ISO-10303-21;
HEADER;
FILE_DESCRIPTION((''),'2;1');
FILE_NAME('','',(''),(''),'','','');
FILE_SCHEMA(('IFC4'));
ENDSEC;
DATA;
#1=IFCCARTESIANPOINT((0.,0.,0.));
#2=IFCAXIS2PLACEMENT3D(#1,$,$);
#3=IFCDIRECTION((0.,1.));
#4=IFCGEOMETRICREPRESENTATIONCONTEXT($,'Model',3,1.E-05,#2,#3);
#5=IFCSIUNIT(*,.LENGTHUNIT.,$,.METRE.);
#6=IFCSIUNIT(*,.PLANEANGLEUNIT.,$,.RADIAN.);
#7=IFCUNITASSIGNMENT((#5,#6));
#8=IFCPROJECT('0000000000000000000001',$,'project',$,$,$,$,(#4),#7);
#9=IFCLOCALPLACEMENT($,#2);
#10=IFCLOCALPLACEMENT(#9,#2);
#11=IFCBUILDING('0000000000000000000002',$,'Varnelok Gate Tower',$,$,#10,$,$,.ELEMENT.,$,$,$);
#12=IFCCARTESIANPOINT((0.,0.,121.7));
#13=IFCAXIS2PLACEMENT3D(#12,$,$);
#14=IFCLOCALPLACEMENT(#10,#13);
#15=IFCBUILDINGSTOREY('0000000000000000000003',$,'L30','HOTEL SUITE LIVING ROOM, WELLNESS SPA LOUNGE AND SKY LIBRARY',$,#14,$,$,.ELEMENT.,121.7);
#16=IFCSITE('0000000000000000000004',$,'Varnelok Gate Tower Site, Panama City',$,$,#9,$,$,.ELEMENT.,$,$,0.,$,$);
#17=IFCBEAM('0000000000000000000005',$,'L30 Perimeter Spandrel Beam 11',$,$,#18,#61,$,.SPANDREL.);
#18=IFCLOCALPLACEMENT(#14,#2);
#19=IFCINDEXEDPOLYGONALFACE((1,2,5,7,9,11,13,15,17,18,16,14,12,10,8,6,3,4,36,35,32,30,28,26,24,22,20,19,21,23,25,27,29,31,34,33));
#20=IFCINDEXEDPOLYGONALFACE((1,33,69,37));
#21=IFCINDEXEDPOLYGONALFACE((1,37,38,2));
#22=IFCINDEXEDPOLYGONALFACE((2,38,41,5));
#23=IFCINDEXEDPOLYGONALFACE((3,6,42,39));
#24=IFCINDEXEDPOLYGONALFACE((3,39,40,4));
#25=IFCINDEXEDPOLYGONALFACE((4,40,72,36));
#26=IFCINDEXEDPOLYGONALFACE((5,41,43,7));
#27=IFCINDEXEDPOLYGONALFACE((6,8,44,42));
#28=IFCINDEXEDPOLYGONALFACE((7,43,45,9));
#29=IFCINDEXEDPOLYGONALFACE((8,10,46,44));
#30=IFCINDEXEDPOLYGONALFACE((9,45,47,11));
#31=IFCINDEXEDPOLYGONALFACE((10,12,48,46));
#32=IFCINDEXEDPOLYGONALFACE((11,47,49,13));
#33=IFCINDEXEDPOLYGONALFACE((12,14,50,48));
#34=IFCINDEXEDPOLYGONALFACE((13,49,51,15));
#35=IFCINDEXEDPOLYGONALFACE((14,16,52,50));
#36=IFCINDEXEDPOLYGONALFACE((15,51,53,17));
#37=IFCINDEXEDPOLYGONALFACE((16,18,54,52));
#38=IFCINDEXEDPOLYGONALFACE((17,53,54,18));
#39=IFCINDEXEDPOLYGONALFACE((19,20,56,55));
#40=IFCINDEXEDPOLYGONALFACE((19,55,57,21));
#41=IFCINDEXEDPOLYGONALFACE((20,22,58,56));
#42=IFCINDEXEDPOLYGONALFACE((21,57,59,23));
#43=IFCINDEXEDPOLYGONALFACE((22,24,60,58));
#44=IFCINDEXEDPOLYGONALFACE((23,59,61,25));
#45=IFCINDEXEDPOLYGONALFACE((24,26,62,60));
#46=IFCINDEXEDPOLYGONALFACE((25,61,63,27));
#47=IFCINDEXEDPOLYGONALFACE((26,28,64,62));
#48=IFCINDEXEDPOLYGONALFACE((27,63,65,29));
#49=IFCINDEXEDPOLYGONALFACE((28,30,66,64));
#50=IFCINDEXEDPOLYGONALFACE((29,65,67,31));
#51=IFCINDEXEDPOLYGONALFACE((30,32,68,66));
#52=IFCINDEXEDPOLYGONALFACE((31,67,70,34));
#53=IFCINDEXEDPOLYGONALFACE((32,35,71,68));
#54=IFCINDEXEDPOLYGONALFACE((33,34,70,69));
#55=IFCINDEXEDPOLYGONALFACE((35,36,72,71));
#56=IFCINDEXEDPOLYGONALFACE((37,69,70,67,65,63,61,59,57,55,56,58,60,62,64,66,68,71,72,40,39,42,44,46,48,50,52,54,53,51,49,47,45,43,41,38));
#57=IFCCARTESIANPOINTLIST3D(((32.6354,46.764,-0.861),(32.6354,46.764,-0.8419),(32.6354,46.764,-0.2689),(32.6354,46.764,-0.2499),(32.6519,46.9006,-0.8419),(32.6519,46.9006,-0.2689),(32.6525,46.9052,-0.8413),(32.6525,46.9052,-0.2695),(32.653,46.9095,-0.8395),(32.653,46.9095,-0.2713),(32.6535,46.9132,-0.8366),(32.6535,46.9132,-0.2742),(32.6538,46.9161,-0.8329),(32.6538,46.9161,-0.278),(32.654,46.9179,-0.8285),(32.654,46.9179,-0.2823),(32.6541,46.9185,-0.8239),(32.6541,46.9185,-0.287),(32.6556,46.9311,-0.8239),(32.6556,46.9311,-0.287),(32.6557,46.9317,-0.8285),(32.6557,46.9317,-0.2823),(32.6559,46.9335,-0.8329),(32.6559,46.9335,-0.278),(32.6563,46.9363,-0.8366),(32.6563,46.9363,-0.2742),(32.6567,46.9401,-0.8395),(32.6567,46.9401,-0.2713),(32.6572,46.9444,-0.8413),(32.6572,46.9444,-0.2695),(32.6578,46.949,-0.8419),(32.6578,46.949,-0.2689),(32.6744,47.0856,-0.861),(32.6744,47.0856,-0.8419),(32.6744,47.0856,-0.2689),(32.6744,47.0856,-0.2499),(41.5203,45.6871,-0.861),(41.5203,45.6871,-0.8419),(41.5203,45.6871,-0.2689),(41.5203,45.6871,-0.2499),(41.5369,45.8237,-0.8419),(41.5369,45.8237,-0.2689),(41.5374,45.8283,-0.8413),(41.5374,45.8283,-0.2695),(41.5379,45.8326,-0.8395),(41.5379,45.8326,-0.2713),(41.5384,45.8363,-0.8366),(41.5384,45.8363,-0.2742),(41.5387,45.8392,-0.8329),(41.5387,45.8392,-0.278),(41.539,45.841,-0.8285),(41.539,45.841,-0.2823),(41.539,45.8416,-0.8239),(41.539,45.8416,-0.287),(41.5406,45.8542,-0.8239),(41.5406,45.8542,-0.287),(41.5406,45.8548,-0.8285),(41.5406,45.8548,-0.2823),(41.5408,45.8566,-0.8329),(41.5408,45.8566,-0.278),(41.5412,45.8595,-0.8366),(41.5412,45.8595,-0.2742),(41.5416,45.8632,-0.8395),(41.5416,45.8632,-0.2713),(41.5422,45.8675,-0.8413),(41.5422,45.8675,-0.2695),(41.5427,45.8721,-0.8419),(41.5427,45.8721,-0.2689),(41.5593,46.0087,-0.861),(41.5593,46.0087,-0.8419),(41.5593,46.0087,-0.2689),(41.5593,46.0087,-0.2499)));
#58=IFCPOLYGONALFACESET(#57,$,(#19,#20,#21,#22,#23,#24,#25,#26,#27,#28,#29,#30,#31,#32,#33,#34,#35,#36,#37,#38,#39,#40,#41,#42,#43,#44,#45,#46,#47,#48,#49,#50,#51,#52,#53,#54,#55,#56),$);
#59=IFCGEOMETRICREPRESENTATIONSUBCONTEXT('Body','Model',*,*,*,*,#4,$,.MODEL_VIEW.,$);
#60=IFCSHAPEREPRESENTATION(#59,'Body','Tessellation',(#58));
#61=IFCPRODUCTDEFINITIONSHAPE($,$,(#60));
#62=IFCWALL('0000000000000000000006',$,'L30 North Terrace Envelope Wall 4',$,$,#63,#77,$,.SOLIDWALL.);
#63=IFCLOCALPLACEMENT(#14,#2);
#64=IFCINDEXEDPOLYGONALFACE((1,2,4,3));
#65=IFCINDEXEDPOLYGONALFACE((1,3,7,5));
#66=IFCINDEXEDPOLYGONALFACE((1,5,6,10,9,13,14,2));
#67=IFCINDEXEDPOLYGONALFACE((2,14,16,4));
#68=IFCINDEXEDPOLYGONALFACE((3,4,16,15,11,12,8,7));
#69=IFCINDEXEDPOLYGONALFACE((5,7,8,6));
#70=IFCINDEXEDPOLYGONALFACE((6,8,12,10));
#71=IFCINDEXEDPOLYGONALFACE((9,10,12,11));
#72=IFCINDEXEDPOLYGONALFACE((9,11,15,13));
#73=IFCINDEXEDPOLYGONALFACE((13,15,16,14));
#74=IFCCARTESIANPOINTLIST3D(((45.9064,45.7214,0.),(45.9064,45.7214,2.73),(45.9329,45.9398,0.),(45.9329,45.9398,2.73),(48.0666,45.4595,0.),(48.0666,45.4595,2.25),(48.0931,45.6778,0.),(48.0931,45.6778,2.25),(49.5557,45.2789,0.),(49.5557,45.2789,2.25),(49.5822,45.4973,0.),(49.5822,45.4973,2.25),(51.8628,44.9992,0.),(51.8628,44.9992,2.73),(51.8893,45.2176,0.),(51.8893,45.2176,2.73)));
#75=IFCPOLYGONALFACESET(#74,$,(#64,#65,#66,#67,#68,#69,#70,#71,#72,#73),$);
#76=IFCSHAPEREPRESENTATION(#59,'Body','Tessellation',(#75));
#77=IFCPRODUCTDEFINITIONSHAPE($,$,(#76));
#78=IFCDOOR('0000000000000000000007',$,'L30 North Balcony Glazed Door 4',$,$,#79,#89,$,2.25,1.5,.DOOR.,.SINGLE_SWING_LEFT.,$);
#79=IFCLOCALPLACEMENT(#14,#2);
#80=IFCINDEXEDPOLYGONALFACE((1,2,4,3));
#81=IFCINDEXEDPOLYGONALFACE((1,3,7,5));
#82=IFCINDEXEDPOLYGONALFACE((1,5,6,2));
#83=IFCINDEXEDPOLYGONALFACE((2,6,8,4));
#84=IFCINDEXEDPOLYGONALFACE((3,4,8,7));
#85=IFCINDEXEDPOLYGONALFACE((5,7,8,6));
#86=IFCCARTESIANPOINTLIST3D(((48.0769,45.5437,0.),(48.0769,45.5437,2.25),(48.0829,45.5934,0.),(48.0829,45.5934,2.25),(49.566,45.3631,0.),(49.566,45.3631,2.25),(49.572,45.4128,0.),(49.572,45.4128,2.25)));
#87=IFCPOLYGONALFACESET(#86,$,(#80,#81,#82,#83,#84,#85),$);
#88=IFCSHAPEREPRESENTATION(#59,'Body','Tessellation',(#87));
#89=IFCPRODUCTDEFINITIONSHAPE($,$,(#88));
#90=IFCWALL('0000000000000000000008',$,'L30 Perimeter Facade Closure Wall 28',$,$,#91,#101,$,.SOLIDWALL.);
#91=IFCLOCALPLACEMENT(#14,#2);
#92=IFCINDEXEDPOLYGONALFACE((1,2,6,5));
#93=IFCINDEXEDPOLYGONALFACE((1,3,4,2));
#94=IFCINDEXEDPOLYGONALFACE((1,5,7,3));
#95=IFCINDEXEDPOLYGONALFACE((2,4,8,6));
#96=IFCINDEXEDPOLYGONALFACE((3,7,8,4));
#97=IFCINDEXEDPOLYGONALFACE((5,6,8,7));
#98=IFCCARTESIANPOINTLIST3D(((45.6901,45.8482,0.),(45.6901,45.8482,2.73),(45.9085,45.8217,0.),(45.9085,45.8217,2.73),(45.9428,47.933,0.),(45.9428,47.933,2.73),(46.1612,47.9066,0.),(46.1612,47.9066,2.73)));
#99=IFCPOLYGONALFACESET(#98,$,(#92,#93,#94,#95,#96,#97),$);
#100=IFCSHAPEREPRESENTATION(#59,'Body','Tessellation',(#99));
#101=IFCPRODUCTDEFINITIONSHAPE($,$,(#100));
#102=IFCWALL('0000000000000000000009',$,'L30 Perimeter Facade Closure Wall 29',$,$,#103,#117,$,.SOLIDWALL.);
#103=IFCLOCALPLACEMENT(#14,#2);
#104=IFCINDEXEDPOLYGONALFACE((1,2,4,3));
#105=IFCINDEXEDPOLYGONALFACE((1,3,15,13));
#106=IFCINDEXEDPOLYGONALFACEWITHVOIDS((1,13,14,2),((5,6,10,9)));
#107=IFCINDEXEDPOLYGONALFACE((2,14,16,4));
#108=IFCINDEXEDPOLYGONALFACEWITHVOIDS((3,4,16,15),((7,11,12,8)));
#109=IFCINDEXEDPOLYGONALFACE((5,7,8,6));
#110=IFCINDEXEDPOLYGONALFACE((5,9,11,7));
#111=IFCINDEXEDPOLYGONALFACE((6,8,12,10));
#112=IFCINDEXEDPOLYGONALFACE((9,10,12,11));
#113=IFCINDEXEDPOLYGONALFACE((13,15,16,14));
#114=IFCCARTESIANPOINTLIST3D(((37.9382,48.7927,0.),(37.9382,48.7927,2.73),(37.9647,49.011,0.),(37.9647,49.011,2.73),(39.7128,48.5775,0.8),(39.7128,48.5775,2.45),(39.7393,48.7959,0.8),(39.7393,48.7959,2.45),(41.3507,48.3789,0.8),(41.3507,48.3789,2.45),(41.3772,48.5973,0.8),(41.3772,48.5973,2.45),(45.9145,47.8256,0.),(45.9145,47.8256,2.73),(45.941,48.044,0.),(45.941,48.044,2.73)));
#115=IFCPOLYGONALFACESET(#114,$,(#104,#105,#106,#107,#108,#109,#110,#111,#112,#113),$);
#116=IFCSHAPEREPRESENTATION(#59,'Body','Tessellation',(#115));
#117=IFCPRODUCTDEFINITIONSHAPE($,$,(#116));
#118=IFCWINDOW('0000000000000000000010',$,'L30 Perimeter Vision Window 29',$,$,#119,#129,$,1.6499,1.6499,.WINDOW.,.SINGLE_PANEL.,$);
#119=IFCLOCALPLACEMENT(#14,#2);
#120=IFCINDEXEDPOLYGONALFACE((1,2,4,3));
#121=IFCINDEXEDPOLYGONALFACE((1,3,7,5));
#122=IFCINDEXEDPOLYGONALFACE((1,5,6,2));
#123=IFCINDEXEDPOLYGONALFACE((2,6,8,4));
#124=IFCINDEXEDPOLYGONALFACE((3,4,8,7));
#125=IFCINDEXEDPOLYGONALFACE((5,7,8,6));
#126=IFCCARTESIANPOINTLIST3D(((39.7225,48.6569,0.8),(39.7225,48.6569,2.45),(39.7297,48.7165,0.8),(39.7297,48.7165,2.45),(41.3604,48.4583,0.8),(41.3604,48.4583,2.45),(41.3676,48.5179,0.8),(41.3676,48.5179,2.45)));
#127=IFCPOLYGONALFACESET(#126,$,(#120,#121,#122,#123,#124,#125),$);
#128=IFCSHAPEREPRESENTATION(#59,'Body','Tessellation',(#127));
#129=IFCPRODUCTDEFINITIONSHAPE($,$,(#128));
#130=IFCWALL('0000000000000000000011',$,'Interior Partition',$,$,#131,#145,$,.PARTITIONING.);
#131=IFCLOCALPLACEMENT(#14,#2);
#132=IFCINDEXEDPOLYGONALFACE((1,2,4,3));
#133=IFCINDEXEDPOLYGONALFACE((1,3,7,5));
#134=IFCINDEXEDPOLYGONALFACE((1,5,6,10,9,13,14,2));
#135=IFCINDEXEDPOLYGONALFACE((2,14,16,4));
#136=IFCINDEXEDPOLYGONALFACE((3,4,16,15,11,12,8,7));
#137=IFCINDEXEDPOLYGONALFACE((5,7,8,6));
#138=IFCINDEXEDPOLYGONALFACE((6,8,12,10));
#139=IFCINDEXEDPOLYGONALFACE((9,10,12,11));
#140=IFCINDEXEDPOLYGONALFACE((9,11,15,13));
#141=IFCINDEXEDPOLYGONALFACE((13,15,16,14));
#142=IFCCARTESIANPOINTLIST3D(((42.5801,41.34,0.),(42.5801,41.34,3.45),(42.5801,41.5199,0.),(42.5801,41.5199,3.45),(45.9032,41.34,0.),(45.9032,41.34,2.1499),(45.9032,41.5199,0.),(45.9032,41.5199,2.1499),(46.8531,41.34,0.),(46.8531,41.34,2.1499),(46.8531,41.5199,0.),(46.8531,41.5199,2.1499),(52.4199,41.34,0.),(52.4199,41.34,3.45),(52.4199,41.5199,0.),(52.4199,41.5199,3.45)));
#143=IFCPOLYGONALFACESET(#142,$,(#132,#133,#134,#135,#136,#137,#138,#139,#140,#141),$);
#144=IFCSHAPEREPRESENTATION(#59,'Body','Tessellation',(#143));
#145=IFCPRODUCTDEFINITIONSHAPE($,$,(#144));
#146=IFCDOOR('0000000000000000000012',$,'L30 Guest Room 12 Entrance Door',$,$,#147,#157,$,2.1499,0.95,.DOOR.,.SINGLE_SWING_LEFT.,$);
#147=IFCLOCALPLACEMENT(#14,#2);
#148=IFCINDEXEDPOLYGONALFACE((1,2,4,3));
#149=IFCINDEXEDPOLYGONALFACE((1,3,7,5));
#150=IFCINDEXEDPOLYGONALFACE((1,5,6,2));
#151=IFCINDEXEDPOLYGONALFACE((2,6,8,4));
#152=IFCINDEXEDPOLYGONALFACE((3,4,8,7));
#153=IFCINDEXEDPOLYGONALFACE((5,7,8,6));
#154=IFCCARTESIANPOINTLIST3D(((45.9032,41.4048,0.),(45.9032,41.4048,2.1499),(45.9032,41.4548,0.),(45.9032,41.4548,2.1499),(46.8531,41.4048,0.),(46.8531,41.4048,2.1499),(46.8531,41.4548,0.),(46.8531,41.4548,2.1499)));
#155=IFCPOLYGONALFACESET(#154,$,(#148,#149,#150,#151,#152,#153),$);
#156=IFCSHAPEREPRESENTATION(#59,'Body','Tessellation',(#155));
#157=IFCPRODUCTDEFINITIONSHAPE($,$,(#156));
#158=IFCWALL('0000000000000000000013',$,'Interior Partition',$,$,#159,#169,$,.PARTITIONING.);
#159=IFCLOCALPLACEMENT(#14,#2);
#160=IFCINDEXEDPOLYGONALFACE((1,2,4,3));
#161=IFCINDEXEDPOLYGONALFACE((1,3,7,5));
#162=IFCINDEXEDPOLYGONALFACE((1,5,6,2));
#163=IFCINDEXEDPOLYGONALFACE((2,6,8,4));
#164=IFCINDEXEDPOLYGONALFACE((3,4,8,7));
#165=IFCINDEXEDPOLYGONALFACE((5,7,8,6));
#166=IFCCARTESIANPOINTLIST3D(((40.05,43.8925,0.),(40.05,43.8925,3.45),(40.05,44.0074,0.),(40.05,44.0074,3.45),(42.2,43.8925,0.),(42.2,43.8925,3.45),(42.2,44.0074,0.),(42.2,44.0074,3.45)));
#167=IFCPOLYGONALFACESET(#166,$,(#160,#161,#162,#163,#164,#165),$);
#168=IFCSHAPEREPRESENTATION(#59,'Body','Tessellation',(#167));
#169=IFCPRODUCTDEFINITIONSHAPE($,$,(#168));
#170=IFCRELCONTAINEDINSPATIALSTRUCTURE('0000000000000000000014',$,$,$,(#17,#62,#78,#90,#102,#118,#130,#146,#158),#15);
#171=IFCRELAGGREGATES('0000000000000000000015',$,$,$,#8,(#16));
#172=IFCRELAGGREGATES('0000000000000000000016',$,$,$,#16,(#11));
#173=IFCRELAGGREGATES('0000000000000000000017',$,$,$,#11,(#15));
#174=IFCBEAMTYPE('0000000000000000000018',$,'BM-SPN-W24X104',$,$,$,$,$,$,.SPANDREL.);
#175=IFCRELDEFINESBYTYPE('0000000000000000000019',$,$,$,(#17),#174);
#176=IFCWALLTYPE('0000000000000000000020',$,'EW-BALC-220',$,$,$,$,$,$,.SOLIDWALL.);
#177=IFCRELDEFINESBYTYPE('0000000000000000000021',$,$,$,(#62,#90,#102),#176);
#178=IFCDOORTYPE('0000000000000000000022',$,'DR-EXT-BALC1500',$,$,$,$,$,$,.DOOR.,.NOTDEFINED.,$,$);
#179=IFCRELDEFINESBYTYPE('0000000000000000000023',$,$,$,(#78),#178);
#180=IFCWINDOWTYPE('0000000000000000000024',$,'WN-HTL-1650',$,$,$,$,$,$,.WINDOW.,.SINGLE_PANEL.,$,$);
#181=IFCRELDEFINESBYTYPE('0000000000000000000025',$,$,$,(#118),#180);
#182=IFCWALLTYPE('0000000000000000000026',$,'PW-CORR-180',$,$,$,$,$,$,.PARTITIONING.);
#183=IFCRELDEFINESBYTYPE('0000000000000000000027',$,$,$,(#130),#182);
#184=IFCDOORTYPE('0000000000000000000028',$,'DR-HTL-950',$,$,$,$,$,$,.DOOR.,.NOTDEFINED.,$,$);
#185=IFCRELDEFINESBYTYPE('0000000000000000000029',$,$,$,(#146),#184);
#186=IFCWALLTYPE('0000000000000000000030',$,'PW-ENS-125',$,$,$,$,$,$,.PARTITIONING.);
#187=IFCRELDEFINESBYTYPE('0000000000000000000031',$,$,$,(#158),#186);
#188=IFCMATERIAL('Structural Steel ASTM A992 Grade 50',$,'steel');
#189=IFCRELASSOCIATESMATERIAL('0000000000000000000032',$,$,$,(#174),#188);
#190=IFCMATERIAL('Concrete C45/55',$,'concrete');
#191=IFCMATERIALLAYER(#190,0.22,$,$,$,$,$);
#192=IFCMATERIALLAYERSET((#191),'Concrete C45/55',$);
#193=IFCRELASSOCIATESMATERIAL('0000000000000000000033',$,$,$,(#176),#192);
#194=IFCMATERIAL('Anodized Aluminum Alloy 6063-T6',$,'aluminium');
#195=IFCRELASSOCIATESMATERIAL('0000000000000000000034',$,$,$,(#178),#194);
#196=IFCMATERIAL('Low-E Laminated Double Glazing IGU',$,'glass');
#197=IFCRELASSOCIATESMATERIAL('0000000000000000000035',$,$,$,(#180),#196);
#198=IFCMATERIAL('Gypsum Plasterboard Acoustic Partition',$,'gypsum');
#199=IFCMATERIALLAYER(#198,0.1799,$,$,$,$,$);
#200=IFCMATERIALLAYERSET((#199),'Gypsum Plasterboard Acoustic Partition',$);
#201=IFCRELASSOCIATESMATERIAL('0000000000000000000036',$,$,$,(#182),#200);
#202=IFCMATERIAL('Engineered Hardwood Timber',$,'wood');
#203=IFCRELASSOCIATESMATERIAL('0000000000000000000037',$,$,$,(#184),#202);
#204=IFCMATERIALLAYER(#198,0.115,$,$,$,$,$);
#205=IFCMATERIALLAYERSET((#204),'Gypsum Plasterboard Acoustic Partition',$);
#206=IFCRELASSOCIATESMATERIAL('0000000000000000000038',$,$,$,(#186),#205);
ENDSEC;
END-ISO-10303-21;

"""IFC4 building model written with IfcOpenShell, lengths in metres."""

from ifc_helpers import new_model, si_unit, direction, frame, frame_2d, origin, origin_2d, place, context, subcontext, project, spatial, rectangle, i_section, extrude, material, layer, layer_set, material_profile, profile_set, type_object, element, fill, save


model = new_model("IFC4")

# Units and contexts
model_context = context("Model", 3, precision=1e-05, world=origin(), true_north=direction((0.0, 1.0)))
body_context = subcontext(model_context, "Body", "Model", "MODEL_VIEW")
ifc_project = project(units=[si_unit("LENGTHUNIT", "METRE"), si_unit("PLANEANGLEUNIT", "RADIAN")], contexts=[model_context])

# Site, building, storey
site_placement = place(None, origin())
site = spatial("IfcSite", under=ifc_project, at=site_placement, Name="Varnelok Gate Tower Site, Panama City", CompositionType="ELEMENT", RefElevation=0.0)
building_placement = place(site_placement, origin())
building = spatial("IfcBuilding", under=site, at=building_placement, Name="Varnelok Gate Tower", CompositionType="ELEMENT")
storey_placement = place(building_placement, frame((0.0, 0.0, 121.7)))
storey = spatial("IfcBuildingStorey", under=building, at=storey_placement, Name="L30", Description="HOTEL SUITE LIVING ROOM, WELLNESS SPA LOUNGE AND SKY LIBRARY", CompositionType="ELEMENT", Elevation=121.7)

# Shared definitions
ifc_material_1 = material(Name="Structural Steel ASTM A992 Grade 50", Category="steel")

# Beam
ifc_material_profile_1 = material_profile(ifc_material_1, i_section(OverallWidth=0.324, OverallDepth=0.6111, WebThickness=0.0127, FlangeThickness=0.019, FilletRadius=0.0181, at=origin_2d()), Name="W24X104")
ifc_profile_set_1 = profile_set([ifc_material_profile_1], Name="Structural Steel ASTM A992 Grade 50")
beam_type_1 = type_object("IfcBeamType", Name="BM-SPN-W24X104", PredefinedType="SPANDREL", material=ifc_profile_set_1)
beam_1_placement = place(storey_placement, frame((41.5398, 45.8479, -0.5554), z_axis=(-0.992735, 0.120324, 0.0), x_axis=(-0.120324, -0.992735, 0.0)))
element("IfcBeam", 1, at=beam_1_placement, inside=storey, type_object=beam_type_1, Name="L30 Perimeter Spandrel Beam 11", PredefinedType="SPANDREL", context=body_context, shape_type="SweptSolid", body=[
    extrude(i_section(OverallWidth=0.324, OverallDepth=0.6111, WebThickness=0.0127, FlangeThickness=0.019, FilletRadius=0.0181, at=origin_2d()), origin(), (0.0, 0.0, 1.0), 8.95),
])

# Wall, opening, door
ifc_material_2 = material(Name="Concrete C45/55", Category="concrete")
ifc_layer_1 = layer(ifc_material_2, 0.22)
ifc_layer_set_1 = layer_set([ifc_layer_1], Name="Concrete C45/55")
wall_type_1 = type_object("IfcWallType", Name="EW-BALC-220", PredefinedType="SOLIDWALL", material=ifc_layer_set_1)
wall_1_placement = place(storey_placement, frame((45.9197, 45.8306, 0.0), z_axis=(0.0, 0.0, 1.0), x_axis=(0.99273, -0.120363, 0.0)))
wall_1 = element("IfcWall", 2, at=wall_1_placement, inside=storey, type_object=wall_type_1, Name="L30 North Terrace Envelope Wall 4", PredefinedType="SOLIDWALL", context=body_context, shape_type="SweptSolid", body=[
    extrude(rectangle(XDim=6.0, YDim=0.22, at=frame_2d((3.0, 0.0))), origin(), (0.0, 0.0, 1.0), 2.73),
])
opening_1_placement = place(wall_1_placement, frame((2.176, 0.0, 0.0)))
opening_1 = element("IfcOpeningElement", 3, at=opening_1_placement, cuts=wall_1, PredefinedType="OPENING", context=body_context, shape_type="SweptSolid", body=[
    extrude(rectangle(XDim=1.5, YDim=2.25, at=frame_2d((0.75, 1.125))), frame((0.0, 0.1199, 0.0), z_axis=(0.0, -1.0, 0.0), x_axis=(1.0, 0.0, 0.0)), (0.0, 0.0, 1.0), 0.24),
])
ifc_material_3 = material(Name="Anodized Aluminum Alloy 6063-T6", Category="aluminium")
door_type_1 = type_object("IfcDoorType", Name="DR-EXT-BALC1500", OperationType="NOTDEFINED", PredefinedType="DOOR", material=ifc_material_3)
door_1_placement = place(opening_1_placement, origin())
door_1 = element("IfcDoor", 4, at=door_1_placement, inside=storey, type_object=door_type_1, Name="L30 North Balcony Glazed Door 4", OperationType="SINGLE_SWING_LEFT", OverallHeight=2.25, OverallWidth=1.5, PredefinedType="DOOR", context=body_context, shape_type="SweptSolid", body=[
    extrude(rectangle(XDim=1.5, YDim=2.25, at=frame_2d((0.75, 1.125))), frame((0.0, 0.0249, 0.0), z_axis=(0.0, -1.0, 0.0), x_axis=(1.0, 0.0, 0.0)), (0.0, 0.0, 1.0), 0.05),
])
fill(opening_1, door_1)

# Wall
wall_2_placement = place(storey_placement, frame((45.7993, 45.835, 0.0), z_axis=(0.0, 0.0, 1.0), x_axis=(0.120314, 0.992736, 0.0)))
element("IfcWall", 5, at=wall_2_placement, inside=storey, type_object=wall_type_1, Name="L30 Perimeter Facade Closure Wall 28", PredefinedType="SOLIDWALL", context=body_context, shape_type="SweptSolid", body=[
    extrude(rectangle(XDim=2.1001, YDim=0.22, at=frame_2d((1.05, 0.0))), origin(), (0.0, 0.0, 1.0), 2.73),
])

# Wall, opening, window
wall_3_placement = place(storey_placement, frame((45.9277, 47.9348, 0.0), z_axis=(0.0, 0.0, 1.0), x_axis=(-0.992731, 0.120358, 0.0)))
wall_3 = element("IfcWall", 6, at=wall_3_placement, inside=storey, type_object=wall_type_1, Name="L30 Perimeter Facade Closure Wall 29", PredefinedType="SOLIDWALL", context=body_context, shape_type="SweptSolid", body=[
    extrude(rectangle(XDim=8.0347, YDim=0.22, at=frame_2d((4.0173, 0.0))), origin(), (0.0, 0.0, 1.0), 2.73),
])
opening_2_placement = place(wall_3_placement, frame((4.5972, 0.0, 0.8)))
opening_2 = element("IfcOpeningElement", 7, at=opening_2_placement, cuts=wall_3, PredefinedType="OPENING", context=body_context, shape_type="SweptSolid", body=[
    extrude(rectangle(XDim=1.6499, YDim=1.6499, at=frame_2d((0.825, 0.825))), frame((0.0, 0.1199, 0.0), z_axis=(0.0, -1.0, 0.0), x_axis=(1.0, 0.0, 0.0)), (0.0, 0.0, 1.0), 0.24),
])
ifc_material_4 = material(Name="Low-E Laminated Double Glazing IGU", Category="glass")
window_type = type_object("IfcWindowType", Name="WN-HTL-1650", PartitioningType="SINGLE_PANEL", PredefinedType="WINDOW", material=ifc_material_4)
window_placement = place(opening_2_placement, origin())
window = element("IfcWindow", 8, at=window_placement, inside=storey, type_object=window_type, Name="L30 Perimeter Vision Window 29", OverallHeight=1.6499, OverallWidth=1.6499, PartitioningType="SINGLE_PANEL", PredefinedType="WINDOW", context=body_context, shape_type="SweptSolid", body=[
    extrude(rectangle(XDim=1.6499, YDim=1.6499, at=frame_2d((0.825, 0.825))), frame((0.0, 0.03, 0.0), z_axis=(0.0, -1.0, 0.0), x_axis=(1.0, 0.0, 0.0)), (0.0, 0.0, 1.0), 0.0601),
])
fill(opening_2, window)

# Wall, opening, door
ifc_material_5 = material(Name="Gypsum Plasterboard Acoustic Partition", Category="gypsum")
ifc_layer_2 = layer(ifc_material_5, 0.1799)
ifc_layer_set_2 = layer_set([ifc_layer_2], Name="Gypsum Plasterboard Acoustic Partition")
wall_type_2 = type_object("IfcWallType", Name="PW-CORR-180", PredefinedType="PARTITIONING", material=ifc_layer_set_2)
wall_4_placement = place(storey_placement, frame((42.5801, 41.4299, 0.0), z_axis=(0.0, 0.0, 1.0), x_axis=(1.0, 0.0, 0.0)))
wall_4 = element("IfcWall", 9, at=wall_4_placement, inside=storey, type_object=wall_type_2, Name="Interior Partition", PredefinedType="PARTITIONING", context=body_context, shape_type="SweptSolid", body=[
    extrude(rectangle(XDim=9.8398, YDim=0.1799, at=frame_2d((4.9199, 0.0))), origin(), (0.0, 0.0, 1.0), 3.45),
])
opening_3_placement = place(wall_4_placement, frame((3.323, 0.0, 0.0)))
opening_3 = element("IfcOpeningElement", 10, at=opening_3_placement, cuts=wall_4, PredefinedType="OPENING", context=body_context, shape_type="SweptSolid", body=[
    extrude(rectangle(XDim=0.95, YDim=2.1499, at=frame_2d((0.4751, 1.075))), frame((0.0, 0.0999, 0.0), z_axis=(0.0, -1.0, 0.0), x_axis=(1.0, 0.0, 0.0)), (0.0, 0.0, 1.0), 0.2),
])
ifc_material_6 = material(Name="Engineered Hardwood Timber", Category="wood")
door_type_2 = type_object("IfcDoorType", Name="DR-HTL-950", OperationType="NOTDEFINED", PredefinedType="DOOR", material=ifc_material_6)
door_2_placement = place(opening_3_placement, origin())
door_2 = element("IfcDoor", 11, at=door_2_placement, inside=storey, type_object=door_type_2, Name="L30 Guest Room 12 Entrance Door", OperationType="SINGLE_SWING_LEFT", OverallHeight=2.1499, OverallWidth=0.95, PredefinedType="DOOR", context=body_context, shape_type="SweptSolid", body=[
    extrude(rectangle(XDim=0.95, YDim=2.1499, at=frame_2d((0.4751, 1.075))), frame((0.0, 0.0249, 0.0), z_axis=(0.0, -1.0, 0.0), x_axis=(1.0, 0.0, 0.0)), (0.0, 0.0, 1.0), 0.05),
])
fill(opening_3, door_2)

# Wall
ifc_layer_3 = layer(ifc_material_5, 0.115)
ifc_layer_set_3 = layer_set([ifc_layer_3], Name="Gypsum Plasterboard Acoustic Partition")
wall_type_3 = type_object("IfcWallType", Name="PW-ENS-125", PredefinedType="PARTITIONING", material=ifc_layer_set_3)
wall_5_placement = place(storey_placement, frame((40.05, 43.95, 0.0), z_axis=(0.0, 0.0, 1.0), x_axis=(1.0, 0.0, 0.0)))
element("IfcWall", 12, at=wall_5_placement, inside=storey, type_object=wall_type_3, Name="Interior Partition", PredefinedType="PARTITIONING", context=body_context, shape_type="SweptSolid", body=[
    extrude(rectangle(XDim=2.1499, YDim=0.115, at=frame_2d((1.075, 0.0))), origin(), (0.0, 0.0, 1.0), 3.45),
])

save(model, "model.ifc")
